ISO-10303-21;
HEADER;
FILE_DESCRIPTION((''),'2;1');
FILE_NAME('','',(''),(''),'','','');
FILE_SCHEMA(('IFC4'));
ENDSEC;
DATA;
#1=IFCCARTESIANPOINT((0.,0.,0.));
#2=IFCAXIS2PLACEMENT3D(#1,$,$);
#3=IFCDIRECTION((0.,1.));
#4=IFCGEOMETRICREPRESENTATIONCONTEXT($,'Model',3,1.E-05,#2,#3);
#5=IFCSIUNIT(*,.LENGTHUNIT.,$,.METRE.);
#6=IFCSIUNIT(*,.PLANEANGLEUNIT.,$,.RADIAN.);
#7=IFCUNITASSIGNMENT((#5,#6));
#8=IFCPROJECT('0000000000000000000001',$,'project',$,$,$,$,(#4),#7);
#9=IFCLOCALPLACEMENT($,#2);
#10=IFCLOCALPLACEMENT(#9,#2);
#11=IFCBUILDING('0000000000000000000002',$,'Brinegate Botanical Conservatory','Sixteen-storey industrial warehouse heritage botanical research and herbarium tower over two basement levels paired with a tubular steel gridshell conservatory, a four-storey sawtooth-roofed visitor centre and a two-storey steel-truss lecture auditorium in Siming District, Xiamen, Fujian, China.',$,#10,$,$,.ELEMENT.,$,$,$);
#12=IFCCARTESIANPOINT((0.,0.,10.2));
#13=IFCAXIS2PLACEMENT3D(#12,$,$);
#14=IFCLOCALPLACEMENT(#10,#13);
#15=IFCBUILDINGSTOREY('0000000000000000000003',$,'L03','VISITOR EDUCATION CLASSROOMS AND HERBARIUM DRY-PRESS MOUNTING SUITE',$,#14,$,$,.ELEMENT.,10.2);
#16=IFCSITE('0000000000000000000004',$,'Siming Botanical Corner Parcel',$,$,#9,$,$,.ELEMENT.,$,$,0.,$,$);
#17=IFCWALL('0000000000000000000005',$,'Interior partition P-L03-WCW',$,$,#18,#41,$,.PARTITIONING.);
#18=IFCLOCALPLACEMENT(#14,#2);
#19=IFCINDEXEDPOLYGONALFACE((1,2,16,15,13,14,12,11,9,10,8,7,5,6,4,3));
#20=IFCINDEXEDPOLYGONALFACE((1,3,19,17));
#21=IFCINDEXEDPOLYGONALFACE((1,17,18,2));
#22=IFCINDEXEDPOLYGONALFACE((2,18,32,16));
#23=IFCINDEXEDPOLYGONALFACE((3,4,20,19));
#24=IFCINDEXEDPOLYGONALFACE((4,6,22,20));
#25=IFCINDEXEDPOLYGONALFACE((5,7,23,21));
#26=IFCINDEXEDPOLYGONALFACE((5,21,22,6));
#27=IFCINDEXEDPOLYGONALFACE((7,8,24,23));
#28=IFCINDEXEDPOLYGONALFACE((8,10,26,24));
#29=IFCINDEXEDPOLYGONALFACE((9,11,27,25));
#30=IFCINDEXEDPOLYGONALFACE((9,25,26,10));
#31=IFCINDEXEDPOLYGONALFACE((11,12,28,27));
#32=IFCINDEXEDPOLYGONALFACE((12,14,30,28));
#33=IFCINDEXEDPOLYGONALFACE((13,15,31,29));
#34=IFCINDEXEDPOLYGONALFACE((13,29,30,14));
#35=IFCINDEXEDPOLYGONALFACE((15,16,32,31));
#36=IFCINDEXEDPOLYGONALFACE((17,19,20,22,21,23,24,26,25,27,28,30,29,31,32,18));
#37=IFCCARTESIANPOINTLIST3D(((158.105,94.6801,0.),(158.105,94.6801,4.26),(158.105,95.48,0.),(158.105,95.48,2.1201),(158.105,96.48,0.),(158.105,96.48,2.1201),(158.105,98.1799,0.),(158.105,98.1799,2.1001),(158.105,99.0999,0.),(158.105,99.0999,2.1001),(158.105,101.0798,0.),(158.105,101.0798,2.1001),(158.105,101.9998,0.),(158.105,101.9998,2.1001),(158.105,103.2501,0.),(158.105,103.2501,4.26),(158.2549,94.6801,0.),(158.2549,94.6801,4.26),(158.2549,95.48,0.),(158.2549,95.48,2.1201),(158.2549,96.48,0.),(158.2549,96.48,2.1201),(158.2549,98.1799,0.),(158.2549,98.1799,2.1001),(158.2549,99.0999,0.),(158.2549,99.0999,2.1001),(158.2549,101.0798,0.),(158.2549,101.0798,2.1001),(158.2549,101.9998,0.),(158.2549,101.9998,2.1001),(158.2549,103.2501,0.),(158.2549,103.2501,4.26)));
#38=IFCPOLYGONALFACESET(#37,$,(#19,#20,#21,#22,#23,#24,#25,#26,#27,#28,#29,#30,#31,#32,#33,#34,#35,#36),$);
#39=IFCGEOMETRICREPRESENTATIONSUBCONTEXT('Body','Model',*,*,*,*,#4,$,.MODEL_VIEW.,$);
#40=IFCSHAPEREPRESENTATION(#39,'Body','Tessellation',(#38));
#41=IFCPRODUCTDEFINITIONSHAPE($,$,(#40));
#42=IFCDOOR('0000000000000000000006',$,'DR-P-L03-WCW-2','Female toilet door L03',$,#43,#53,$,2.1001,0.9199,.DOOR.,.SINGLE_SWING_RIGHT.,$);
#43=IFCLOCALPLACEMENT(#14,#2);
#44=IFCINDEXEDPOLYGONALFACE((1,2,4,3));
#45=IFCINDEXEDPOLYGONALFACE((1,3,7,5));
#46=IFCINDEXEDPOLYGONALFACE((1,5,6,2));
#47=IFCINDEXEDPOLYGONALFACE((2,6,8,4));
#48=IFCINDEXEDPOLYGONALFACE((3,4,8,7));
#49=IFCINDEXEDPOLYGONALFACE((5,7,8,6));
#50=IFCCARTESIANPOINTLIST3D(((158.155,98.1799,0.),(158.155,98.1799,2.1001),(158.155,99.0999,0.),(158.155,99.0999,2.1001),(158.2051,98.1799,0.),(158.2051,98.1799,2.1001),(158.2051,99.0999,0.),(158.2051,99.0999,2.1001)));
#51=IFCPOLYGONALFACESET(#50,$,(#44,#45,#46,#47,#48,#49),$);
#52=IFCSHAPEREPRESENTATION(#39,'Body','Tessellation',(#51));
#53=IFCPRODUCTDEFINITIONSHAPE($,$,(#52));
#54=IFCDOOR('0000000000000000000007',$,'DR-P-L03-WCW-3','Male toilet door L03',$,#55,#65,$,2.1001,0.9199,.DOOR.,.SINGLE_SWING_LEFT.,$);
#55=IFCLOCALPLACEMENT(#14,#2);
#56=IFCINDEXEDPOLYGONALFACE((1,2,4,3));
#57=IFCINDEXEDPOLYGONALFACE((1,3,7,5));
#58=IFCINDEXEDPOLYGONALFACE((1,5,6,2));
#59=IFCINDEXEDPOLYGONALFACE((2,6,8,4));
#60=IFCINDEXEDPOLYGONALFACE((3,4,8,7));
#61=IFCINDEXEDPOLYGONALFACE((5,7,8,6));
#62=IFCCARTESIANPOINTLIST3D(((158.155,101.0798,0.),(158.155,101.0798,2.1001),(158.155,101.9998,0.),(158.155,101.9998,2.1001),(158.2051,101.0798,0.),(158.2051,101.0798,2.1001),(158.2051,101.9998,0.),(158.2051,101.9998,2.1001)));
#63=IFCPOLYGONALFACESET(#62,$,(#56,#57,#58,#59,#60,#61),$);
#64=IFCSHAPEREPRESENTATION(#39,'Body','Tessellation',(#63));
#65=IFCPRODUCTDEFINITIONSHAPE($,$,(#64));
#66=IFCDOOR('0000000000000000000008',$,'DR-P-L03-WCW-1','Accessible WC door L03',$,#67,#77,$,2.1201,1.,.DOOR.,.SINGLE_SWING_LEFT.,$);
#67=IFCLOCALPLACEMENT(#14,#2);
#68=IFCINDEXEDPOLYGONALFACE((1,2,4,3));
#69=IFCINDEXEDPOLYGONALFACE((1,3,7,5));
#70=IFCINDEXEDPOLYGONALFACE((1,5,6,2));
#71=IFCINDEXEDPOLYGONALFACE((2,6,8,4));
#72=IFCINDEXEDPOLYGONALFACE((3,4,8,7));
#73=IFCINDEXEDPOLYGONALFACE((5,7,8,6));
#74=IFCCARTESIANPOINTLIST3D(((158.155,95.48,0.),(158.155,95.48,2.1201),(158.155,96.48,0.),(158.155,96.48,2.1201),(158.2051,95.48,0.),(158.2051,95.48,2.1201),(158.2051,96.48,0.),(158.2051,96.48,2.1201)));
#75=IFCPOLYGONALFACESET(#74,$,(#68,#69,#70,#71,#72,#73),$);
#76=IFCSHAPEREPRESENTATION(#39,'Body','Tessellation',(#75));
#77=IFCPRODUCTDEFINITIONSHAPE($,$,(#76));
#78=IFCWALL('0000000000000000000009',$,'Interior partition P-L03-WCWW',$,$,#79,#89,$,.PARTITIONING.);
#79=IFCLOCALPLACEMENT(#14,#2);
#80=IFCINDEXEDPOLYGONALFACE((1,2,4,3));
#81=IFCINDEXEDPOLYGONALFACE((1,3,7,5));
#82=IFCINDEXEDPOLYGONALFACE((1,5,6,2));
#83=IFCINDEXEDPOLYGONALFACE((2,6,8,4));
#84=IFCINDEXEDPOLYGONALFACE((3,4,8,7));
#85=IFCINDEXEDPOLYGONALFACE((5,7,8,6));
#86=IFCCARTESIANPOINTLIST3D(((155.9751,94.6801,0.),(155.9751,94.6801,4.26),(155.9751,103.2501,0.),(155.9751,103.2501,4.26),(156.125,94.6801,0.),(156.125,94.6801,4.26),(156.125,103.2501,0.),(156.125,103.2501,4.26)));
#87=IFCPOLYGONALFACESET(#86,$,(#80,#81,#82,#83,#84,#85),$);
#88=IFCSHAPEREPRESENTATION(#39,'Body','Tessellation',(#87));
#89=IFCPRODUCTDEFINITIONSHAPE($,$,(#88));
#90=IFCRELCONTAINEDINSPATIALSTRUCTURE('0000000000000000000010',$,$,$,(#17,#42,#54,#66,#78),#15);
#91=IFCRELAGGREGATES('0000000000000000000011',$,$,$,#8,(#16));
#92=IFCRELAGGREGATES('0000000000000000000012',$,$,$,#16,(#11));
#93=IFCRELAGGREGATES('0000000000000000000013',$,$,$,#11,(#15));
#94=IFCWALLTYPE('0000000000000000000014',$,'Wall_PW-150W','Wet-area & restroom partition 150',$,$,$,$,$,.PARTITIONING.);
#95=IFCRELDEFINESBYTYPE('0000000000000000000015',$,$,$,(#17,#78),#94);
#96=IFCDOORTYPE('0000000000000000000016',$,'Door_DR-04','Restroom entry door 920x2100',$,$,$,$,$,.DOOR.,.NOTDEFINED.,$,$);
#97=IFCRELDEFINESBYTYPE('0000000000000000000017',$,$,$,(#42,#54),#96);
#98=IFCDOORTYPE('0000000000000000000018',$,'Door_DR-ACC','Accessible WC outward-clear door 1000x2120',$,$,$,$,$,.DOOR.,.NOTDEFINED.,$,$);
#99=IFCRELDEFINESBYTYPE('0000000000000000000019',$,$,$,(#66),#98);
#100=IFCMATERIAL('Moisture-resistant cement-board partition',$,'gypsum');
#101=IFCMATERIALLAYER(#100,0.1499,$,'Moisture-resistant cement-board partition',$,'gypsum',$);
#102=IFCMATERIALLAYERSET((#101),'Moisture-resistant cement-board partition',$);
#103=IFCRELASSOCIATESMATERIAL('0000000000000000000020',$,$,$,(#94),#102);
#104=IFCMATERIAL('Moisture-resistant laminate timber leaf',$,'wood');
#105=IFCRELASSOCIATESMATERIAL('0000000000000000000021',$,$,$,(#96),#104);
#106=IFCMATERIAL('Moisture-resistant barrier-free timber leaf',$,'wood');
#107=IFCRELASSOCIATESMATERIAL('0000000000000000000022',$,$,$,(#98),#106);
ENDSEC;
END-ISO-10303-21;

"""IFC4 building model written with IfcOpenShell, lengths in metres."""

from ifc_helpers import new_model, si_unit, direction, frame, frame_2d, origin, place, context, subcontext, project, spatial, rectangle, extrude, material, layer, layer_set, type_object, element, fill, save


model = new_model("IFC4")

# Units and contexts
model_context = context("Model", 3, precision=1e-05, world=origin(), true_north=direction((0.0, 1.0)))
body_context = subcontext(model_context, "Body", "Model", "MODEL_VIEW")
ifc_project = project(units=[si_unit("LENGTHUNIT", "METRE"), si_unit("PLANEANGLEUNIT", "RADIAN")], contexts=[model_context])

# Site, building, storey
site_placement = place(None, origin())
site = spatial("IfcSite", under=ifc_project, at=site_placement, Name="Siming Botanical Corner Parcel", CompositionType="ELEMENT", RefElevation=0.0)
building_placement = place(site_placement, origin())
building = spatial("IfcBuilding", under=site, at=building_placement, Name="Brinegate Botanical Conservatory", Description="Sixteen-storey industrial warehouse heritage botanical research and herbarium tower over two basement levels paired with a tubular steel gridshell conservatory, a four-storey sawtooth-roofed visitor centre and a two-storey steel-truss lecture auditorium in Siming District, Xiamen, Fujian, China.", CompositionType="ELEMENT")
storey_placement = place(building_placement, frame((0.0, 0.0, 10.2)))
storey = spatial("IfcBuildingStorey", under=building, at=storey_placement, Name="L03", Description="VISITOR EDUCATION CLASSROOMS AND HERBARIUM DRY-PRESS MOUNTING SUITE", CompositionType="ELEMENT", Elevation=10.2)

# Wall, openings, doors
ifc_material_1 = material(Name="Moisture-resistant cement-board partition", Category="gypsum")
ifc_layer_1 = layer(ifc_material_1, 0.1499, Name="Moisture-resistant cement-board partition", Category="gypsum")
ifc_layer_set_1 = layer_set([ifc_layer_1], Name="Moisture-resistant cement-board partition")
wall_type_1 = type_object("IfcWallType", Name="Wall_PW-150W", Description="Wet-area & restroom partition 150", PredefinedType="PARTITIONING", material=ifc_layer_set_1)
wall_1_placement = place(storey_placement, frame((158.1799, 94.6799, 0.0), z_axis=(0.0, 0.0, 1.0), x_axis=(0.0, 1.0, 0.0)))
wall_1 = element("IfcWall", 1, at=wall_1_placement, inside=storey, type_object=wall_type_1, Name="Interior partition P-L03-WCW", PredefinedType="PARTITIONING", context=body_context, shape_type="SweptSolid", body=[
    extrude(rectangle(XDim=8.5701, YDim=0.1499, at=frame_2d((4.2852, 0.0))), origin(), (0.0, 0.0, 1.0), 4.26),
])
opening_1_placement = place(wall_1_placement, frame((0.8, 0.0, 0.0)))
opening_1 = element("IfcOpeningElement", 2, at=opening_1_placement, cuts=wall_1, PredefinedType="OPENING", context=body_context, shape_type="SweptSolid", body=[
    extrude(rectangle(XDim=1.0, YDim=2.1201, at=frame_2d((0.5, 1.0601))), frame((0.0, 0.085, 0.0), z_axis=(0.0, -1.0, 0.0), x_axis=(1.0, 0.0, 0.0)), (0.0, 0.0, 1.0), 0.1699),
])
opening_2_placement = place(wall_1_placement, frame((3.5, 0.0, 0.0)))
opening_2 = element("IfcOpeningElement", 3, at=opening_2_placement, cuts=wall_1, PredefinedType="OPENING", context=body_context, shape_type="SweptSolid", body=[
    extrude(rectangle(XDim=0.9199, YDim=2.1001, at=frame_2d((0.46, 1.05))), frame((0.0, 0.085, 0.0), z_axis=(0.0, -1.0, 0.0), x_axis=(1.0, 0.0, 0.0)), (0.0, 0.0, 1.0), 0.1699),
])
opening_3_placement = place(wall_1_placement, frame((6.3999, 0.0, 0.0)))
opening_3 = element("IfcOpeningElement", 4, at=opening_3_placement, cuts=wall_1, PredefinedType="OPENING", context=body_context, shape_type="SweptSolid", body=[
    extrude(rectangle(XDim=0.9199, YDim=2.1001, at=frame_2d((0.46, 1.05))), frame((0.0, 0.085, 0.0), z_axis=(0.0, -1.0, 0.0), x_axis=(1.0, 0.0, 0.0)), (0.0, 0.0, 1.0), 0.1699),
])
ifc_material_2 = material(Name="Moisture-resistant laminate timber leaf", Category="wood")
door_type_1 = type_object("IfcDoorType", Name="Door_DR-04", Description="Restroom entry door 920x2100", OperationType="NOTDEFINED", PredefinedType="DOOR", material=ifc_material_2)
door_1_placement = place(opening_2_placement, origin())
door_1 = element("IfcDoor", 5, at=door_1_placement, inside=storey, type_object=door_type_1, Name="DR-P-L03-WCW-2", Description="Female toilet door L03", OperationType="SINGLE_SWING_RIGHT", OverallHeight=2.1001, OverallWidth=0.9199, PredefinedType="DOOR", context=body_context, shape_type="SweptSolid", body=[
    extrude(rectangle(XDim=0.9199, YDim=2.1001, at=frame_2d((0.46, 1.05))), frame((0.0, 0.0249, 0.0), z_axis=(0.0, -1.0, 0.0), x_axis=(1.0, 0.0, 0.0)), (0.0, 0.0, 1.0), 0.05),
])
fill(opening_2, door_1)
door_2_placement = place(opening_3_placement, origin())
door_2 = element("IfcDoor", 6, at=door_2_placement, inside=storey, type_object=door_type_1, Name="DR-P-L03-WCW-3", Description="Male toilet door L03", OperationType="SINGLE_SWING_LEFT", OverallHeight=2.1001, OverallWidth=0.9199, PredefinedType="DOOR", context=body_context, shape_type="SweptSolid", body=[
    extrude(rectangle(XDim=0.9199, YDim=2.1001, at=frame_2d((0.46, 1.05))), frame((0.0, 0.0249, 0.0), z_axis=(0.0, -1.0, 0.0), x_axis=(1.0, 0.0, 0.0)), (0.0, 0.0, 1.0), 0.05),
])
fill(opening_3, door_2)
ifc_material_3 = material(Name="Moisture-resistant barrier-free timber leaf", Category="wood")
door_type_2 = type_object("IfcDoorType", Name="Door_DR-ACC", Description="Accessible WC outward-clear door 1000x2120", OperationType="NOTDEFINED", PredefinedType="DOOR", material=ifc_material_3)
door_3_placement = place(opening_1_placement, origin())
door_3 = element("IfcDoor", 7, at=door_3_placement, inside=storey, type_object=door_type_2, Name="DR-P-L03-WCW-1", Description="Accessible WC door L03", OperationType="SINGLE_SWING_LEFT", OverallHeight=2.1201, OverallWidth=1.0, PredefinedType="DOOR", context=body_context, shape_type="SweptSolid", body=[
    extrude(rectangle(XDim=1.0, YDim=2.1201, at=frame_2d((0.5, 1.0601))), frame((0.0, 0.0249, 0.0), z_axis=(0.0, -1.0, 0.0), x_axis=(1.0, 0.0, 0.0)), (0.0, 0.0, 1.0), 0.05),
])
fill(opening_1, door_3)

# Wall
wall_2_placement = place(storey_placement, frame((156.05, 94.6799, 0.0), z_axis=(0.0, 0.0, 1.0), x_axis=(0.0, 1.0, 0.0)))
element("IfcWall", 8, at=wall_2_placement, inside=storey, type_object=wall_type_1, Name="Interior partition P-L03-WCWW", PredefinedType="PARTITIONING", context=body_context, shape_type="SweptSolid", body=[
    extrude(rectangle(XDim=8.5701, YDim=0.1499, at=frame_2d((4.2852, 0.0))), origin(), (0.0, 0.0, 1.0), 4.26),
])

save(model, "model.ifc")
